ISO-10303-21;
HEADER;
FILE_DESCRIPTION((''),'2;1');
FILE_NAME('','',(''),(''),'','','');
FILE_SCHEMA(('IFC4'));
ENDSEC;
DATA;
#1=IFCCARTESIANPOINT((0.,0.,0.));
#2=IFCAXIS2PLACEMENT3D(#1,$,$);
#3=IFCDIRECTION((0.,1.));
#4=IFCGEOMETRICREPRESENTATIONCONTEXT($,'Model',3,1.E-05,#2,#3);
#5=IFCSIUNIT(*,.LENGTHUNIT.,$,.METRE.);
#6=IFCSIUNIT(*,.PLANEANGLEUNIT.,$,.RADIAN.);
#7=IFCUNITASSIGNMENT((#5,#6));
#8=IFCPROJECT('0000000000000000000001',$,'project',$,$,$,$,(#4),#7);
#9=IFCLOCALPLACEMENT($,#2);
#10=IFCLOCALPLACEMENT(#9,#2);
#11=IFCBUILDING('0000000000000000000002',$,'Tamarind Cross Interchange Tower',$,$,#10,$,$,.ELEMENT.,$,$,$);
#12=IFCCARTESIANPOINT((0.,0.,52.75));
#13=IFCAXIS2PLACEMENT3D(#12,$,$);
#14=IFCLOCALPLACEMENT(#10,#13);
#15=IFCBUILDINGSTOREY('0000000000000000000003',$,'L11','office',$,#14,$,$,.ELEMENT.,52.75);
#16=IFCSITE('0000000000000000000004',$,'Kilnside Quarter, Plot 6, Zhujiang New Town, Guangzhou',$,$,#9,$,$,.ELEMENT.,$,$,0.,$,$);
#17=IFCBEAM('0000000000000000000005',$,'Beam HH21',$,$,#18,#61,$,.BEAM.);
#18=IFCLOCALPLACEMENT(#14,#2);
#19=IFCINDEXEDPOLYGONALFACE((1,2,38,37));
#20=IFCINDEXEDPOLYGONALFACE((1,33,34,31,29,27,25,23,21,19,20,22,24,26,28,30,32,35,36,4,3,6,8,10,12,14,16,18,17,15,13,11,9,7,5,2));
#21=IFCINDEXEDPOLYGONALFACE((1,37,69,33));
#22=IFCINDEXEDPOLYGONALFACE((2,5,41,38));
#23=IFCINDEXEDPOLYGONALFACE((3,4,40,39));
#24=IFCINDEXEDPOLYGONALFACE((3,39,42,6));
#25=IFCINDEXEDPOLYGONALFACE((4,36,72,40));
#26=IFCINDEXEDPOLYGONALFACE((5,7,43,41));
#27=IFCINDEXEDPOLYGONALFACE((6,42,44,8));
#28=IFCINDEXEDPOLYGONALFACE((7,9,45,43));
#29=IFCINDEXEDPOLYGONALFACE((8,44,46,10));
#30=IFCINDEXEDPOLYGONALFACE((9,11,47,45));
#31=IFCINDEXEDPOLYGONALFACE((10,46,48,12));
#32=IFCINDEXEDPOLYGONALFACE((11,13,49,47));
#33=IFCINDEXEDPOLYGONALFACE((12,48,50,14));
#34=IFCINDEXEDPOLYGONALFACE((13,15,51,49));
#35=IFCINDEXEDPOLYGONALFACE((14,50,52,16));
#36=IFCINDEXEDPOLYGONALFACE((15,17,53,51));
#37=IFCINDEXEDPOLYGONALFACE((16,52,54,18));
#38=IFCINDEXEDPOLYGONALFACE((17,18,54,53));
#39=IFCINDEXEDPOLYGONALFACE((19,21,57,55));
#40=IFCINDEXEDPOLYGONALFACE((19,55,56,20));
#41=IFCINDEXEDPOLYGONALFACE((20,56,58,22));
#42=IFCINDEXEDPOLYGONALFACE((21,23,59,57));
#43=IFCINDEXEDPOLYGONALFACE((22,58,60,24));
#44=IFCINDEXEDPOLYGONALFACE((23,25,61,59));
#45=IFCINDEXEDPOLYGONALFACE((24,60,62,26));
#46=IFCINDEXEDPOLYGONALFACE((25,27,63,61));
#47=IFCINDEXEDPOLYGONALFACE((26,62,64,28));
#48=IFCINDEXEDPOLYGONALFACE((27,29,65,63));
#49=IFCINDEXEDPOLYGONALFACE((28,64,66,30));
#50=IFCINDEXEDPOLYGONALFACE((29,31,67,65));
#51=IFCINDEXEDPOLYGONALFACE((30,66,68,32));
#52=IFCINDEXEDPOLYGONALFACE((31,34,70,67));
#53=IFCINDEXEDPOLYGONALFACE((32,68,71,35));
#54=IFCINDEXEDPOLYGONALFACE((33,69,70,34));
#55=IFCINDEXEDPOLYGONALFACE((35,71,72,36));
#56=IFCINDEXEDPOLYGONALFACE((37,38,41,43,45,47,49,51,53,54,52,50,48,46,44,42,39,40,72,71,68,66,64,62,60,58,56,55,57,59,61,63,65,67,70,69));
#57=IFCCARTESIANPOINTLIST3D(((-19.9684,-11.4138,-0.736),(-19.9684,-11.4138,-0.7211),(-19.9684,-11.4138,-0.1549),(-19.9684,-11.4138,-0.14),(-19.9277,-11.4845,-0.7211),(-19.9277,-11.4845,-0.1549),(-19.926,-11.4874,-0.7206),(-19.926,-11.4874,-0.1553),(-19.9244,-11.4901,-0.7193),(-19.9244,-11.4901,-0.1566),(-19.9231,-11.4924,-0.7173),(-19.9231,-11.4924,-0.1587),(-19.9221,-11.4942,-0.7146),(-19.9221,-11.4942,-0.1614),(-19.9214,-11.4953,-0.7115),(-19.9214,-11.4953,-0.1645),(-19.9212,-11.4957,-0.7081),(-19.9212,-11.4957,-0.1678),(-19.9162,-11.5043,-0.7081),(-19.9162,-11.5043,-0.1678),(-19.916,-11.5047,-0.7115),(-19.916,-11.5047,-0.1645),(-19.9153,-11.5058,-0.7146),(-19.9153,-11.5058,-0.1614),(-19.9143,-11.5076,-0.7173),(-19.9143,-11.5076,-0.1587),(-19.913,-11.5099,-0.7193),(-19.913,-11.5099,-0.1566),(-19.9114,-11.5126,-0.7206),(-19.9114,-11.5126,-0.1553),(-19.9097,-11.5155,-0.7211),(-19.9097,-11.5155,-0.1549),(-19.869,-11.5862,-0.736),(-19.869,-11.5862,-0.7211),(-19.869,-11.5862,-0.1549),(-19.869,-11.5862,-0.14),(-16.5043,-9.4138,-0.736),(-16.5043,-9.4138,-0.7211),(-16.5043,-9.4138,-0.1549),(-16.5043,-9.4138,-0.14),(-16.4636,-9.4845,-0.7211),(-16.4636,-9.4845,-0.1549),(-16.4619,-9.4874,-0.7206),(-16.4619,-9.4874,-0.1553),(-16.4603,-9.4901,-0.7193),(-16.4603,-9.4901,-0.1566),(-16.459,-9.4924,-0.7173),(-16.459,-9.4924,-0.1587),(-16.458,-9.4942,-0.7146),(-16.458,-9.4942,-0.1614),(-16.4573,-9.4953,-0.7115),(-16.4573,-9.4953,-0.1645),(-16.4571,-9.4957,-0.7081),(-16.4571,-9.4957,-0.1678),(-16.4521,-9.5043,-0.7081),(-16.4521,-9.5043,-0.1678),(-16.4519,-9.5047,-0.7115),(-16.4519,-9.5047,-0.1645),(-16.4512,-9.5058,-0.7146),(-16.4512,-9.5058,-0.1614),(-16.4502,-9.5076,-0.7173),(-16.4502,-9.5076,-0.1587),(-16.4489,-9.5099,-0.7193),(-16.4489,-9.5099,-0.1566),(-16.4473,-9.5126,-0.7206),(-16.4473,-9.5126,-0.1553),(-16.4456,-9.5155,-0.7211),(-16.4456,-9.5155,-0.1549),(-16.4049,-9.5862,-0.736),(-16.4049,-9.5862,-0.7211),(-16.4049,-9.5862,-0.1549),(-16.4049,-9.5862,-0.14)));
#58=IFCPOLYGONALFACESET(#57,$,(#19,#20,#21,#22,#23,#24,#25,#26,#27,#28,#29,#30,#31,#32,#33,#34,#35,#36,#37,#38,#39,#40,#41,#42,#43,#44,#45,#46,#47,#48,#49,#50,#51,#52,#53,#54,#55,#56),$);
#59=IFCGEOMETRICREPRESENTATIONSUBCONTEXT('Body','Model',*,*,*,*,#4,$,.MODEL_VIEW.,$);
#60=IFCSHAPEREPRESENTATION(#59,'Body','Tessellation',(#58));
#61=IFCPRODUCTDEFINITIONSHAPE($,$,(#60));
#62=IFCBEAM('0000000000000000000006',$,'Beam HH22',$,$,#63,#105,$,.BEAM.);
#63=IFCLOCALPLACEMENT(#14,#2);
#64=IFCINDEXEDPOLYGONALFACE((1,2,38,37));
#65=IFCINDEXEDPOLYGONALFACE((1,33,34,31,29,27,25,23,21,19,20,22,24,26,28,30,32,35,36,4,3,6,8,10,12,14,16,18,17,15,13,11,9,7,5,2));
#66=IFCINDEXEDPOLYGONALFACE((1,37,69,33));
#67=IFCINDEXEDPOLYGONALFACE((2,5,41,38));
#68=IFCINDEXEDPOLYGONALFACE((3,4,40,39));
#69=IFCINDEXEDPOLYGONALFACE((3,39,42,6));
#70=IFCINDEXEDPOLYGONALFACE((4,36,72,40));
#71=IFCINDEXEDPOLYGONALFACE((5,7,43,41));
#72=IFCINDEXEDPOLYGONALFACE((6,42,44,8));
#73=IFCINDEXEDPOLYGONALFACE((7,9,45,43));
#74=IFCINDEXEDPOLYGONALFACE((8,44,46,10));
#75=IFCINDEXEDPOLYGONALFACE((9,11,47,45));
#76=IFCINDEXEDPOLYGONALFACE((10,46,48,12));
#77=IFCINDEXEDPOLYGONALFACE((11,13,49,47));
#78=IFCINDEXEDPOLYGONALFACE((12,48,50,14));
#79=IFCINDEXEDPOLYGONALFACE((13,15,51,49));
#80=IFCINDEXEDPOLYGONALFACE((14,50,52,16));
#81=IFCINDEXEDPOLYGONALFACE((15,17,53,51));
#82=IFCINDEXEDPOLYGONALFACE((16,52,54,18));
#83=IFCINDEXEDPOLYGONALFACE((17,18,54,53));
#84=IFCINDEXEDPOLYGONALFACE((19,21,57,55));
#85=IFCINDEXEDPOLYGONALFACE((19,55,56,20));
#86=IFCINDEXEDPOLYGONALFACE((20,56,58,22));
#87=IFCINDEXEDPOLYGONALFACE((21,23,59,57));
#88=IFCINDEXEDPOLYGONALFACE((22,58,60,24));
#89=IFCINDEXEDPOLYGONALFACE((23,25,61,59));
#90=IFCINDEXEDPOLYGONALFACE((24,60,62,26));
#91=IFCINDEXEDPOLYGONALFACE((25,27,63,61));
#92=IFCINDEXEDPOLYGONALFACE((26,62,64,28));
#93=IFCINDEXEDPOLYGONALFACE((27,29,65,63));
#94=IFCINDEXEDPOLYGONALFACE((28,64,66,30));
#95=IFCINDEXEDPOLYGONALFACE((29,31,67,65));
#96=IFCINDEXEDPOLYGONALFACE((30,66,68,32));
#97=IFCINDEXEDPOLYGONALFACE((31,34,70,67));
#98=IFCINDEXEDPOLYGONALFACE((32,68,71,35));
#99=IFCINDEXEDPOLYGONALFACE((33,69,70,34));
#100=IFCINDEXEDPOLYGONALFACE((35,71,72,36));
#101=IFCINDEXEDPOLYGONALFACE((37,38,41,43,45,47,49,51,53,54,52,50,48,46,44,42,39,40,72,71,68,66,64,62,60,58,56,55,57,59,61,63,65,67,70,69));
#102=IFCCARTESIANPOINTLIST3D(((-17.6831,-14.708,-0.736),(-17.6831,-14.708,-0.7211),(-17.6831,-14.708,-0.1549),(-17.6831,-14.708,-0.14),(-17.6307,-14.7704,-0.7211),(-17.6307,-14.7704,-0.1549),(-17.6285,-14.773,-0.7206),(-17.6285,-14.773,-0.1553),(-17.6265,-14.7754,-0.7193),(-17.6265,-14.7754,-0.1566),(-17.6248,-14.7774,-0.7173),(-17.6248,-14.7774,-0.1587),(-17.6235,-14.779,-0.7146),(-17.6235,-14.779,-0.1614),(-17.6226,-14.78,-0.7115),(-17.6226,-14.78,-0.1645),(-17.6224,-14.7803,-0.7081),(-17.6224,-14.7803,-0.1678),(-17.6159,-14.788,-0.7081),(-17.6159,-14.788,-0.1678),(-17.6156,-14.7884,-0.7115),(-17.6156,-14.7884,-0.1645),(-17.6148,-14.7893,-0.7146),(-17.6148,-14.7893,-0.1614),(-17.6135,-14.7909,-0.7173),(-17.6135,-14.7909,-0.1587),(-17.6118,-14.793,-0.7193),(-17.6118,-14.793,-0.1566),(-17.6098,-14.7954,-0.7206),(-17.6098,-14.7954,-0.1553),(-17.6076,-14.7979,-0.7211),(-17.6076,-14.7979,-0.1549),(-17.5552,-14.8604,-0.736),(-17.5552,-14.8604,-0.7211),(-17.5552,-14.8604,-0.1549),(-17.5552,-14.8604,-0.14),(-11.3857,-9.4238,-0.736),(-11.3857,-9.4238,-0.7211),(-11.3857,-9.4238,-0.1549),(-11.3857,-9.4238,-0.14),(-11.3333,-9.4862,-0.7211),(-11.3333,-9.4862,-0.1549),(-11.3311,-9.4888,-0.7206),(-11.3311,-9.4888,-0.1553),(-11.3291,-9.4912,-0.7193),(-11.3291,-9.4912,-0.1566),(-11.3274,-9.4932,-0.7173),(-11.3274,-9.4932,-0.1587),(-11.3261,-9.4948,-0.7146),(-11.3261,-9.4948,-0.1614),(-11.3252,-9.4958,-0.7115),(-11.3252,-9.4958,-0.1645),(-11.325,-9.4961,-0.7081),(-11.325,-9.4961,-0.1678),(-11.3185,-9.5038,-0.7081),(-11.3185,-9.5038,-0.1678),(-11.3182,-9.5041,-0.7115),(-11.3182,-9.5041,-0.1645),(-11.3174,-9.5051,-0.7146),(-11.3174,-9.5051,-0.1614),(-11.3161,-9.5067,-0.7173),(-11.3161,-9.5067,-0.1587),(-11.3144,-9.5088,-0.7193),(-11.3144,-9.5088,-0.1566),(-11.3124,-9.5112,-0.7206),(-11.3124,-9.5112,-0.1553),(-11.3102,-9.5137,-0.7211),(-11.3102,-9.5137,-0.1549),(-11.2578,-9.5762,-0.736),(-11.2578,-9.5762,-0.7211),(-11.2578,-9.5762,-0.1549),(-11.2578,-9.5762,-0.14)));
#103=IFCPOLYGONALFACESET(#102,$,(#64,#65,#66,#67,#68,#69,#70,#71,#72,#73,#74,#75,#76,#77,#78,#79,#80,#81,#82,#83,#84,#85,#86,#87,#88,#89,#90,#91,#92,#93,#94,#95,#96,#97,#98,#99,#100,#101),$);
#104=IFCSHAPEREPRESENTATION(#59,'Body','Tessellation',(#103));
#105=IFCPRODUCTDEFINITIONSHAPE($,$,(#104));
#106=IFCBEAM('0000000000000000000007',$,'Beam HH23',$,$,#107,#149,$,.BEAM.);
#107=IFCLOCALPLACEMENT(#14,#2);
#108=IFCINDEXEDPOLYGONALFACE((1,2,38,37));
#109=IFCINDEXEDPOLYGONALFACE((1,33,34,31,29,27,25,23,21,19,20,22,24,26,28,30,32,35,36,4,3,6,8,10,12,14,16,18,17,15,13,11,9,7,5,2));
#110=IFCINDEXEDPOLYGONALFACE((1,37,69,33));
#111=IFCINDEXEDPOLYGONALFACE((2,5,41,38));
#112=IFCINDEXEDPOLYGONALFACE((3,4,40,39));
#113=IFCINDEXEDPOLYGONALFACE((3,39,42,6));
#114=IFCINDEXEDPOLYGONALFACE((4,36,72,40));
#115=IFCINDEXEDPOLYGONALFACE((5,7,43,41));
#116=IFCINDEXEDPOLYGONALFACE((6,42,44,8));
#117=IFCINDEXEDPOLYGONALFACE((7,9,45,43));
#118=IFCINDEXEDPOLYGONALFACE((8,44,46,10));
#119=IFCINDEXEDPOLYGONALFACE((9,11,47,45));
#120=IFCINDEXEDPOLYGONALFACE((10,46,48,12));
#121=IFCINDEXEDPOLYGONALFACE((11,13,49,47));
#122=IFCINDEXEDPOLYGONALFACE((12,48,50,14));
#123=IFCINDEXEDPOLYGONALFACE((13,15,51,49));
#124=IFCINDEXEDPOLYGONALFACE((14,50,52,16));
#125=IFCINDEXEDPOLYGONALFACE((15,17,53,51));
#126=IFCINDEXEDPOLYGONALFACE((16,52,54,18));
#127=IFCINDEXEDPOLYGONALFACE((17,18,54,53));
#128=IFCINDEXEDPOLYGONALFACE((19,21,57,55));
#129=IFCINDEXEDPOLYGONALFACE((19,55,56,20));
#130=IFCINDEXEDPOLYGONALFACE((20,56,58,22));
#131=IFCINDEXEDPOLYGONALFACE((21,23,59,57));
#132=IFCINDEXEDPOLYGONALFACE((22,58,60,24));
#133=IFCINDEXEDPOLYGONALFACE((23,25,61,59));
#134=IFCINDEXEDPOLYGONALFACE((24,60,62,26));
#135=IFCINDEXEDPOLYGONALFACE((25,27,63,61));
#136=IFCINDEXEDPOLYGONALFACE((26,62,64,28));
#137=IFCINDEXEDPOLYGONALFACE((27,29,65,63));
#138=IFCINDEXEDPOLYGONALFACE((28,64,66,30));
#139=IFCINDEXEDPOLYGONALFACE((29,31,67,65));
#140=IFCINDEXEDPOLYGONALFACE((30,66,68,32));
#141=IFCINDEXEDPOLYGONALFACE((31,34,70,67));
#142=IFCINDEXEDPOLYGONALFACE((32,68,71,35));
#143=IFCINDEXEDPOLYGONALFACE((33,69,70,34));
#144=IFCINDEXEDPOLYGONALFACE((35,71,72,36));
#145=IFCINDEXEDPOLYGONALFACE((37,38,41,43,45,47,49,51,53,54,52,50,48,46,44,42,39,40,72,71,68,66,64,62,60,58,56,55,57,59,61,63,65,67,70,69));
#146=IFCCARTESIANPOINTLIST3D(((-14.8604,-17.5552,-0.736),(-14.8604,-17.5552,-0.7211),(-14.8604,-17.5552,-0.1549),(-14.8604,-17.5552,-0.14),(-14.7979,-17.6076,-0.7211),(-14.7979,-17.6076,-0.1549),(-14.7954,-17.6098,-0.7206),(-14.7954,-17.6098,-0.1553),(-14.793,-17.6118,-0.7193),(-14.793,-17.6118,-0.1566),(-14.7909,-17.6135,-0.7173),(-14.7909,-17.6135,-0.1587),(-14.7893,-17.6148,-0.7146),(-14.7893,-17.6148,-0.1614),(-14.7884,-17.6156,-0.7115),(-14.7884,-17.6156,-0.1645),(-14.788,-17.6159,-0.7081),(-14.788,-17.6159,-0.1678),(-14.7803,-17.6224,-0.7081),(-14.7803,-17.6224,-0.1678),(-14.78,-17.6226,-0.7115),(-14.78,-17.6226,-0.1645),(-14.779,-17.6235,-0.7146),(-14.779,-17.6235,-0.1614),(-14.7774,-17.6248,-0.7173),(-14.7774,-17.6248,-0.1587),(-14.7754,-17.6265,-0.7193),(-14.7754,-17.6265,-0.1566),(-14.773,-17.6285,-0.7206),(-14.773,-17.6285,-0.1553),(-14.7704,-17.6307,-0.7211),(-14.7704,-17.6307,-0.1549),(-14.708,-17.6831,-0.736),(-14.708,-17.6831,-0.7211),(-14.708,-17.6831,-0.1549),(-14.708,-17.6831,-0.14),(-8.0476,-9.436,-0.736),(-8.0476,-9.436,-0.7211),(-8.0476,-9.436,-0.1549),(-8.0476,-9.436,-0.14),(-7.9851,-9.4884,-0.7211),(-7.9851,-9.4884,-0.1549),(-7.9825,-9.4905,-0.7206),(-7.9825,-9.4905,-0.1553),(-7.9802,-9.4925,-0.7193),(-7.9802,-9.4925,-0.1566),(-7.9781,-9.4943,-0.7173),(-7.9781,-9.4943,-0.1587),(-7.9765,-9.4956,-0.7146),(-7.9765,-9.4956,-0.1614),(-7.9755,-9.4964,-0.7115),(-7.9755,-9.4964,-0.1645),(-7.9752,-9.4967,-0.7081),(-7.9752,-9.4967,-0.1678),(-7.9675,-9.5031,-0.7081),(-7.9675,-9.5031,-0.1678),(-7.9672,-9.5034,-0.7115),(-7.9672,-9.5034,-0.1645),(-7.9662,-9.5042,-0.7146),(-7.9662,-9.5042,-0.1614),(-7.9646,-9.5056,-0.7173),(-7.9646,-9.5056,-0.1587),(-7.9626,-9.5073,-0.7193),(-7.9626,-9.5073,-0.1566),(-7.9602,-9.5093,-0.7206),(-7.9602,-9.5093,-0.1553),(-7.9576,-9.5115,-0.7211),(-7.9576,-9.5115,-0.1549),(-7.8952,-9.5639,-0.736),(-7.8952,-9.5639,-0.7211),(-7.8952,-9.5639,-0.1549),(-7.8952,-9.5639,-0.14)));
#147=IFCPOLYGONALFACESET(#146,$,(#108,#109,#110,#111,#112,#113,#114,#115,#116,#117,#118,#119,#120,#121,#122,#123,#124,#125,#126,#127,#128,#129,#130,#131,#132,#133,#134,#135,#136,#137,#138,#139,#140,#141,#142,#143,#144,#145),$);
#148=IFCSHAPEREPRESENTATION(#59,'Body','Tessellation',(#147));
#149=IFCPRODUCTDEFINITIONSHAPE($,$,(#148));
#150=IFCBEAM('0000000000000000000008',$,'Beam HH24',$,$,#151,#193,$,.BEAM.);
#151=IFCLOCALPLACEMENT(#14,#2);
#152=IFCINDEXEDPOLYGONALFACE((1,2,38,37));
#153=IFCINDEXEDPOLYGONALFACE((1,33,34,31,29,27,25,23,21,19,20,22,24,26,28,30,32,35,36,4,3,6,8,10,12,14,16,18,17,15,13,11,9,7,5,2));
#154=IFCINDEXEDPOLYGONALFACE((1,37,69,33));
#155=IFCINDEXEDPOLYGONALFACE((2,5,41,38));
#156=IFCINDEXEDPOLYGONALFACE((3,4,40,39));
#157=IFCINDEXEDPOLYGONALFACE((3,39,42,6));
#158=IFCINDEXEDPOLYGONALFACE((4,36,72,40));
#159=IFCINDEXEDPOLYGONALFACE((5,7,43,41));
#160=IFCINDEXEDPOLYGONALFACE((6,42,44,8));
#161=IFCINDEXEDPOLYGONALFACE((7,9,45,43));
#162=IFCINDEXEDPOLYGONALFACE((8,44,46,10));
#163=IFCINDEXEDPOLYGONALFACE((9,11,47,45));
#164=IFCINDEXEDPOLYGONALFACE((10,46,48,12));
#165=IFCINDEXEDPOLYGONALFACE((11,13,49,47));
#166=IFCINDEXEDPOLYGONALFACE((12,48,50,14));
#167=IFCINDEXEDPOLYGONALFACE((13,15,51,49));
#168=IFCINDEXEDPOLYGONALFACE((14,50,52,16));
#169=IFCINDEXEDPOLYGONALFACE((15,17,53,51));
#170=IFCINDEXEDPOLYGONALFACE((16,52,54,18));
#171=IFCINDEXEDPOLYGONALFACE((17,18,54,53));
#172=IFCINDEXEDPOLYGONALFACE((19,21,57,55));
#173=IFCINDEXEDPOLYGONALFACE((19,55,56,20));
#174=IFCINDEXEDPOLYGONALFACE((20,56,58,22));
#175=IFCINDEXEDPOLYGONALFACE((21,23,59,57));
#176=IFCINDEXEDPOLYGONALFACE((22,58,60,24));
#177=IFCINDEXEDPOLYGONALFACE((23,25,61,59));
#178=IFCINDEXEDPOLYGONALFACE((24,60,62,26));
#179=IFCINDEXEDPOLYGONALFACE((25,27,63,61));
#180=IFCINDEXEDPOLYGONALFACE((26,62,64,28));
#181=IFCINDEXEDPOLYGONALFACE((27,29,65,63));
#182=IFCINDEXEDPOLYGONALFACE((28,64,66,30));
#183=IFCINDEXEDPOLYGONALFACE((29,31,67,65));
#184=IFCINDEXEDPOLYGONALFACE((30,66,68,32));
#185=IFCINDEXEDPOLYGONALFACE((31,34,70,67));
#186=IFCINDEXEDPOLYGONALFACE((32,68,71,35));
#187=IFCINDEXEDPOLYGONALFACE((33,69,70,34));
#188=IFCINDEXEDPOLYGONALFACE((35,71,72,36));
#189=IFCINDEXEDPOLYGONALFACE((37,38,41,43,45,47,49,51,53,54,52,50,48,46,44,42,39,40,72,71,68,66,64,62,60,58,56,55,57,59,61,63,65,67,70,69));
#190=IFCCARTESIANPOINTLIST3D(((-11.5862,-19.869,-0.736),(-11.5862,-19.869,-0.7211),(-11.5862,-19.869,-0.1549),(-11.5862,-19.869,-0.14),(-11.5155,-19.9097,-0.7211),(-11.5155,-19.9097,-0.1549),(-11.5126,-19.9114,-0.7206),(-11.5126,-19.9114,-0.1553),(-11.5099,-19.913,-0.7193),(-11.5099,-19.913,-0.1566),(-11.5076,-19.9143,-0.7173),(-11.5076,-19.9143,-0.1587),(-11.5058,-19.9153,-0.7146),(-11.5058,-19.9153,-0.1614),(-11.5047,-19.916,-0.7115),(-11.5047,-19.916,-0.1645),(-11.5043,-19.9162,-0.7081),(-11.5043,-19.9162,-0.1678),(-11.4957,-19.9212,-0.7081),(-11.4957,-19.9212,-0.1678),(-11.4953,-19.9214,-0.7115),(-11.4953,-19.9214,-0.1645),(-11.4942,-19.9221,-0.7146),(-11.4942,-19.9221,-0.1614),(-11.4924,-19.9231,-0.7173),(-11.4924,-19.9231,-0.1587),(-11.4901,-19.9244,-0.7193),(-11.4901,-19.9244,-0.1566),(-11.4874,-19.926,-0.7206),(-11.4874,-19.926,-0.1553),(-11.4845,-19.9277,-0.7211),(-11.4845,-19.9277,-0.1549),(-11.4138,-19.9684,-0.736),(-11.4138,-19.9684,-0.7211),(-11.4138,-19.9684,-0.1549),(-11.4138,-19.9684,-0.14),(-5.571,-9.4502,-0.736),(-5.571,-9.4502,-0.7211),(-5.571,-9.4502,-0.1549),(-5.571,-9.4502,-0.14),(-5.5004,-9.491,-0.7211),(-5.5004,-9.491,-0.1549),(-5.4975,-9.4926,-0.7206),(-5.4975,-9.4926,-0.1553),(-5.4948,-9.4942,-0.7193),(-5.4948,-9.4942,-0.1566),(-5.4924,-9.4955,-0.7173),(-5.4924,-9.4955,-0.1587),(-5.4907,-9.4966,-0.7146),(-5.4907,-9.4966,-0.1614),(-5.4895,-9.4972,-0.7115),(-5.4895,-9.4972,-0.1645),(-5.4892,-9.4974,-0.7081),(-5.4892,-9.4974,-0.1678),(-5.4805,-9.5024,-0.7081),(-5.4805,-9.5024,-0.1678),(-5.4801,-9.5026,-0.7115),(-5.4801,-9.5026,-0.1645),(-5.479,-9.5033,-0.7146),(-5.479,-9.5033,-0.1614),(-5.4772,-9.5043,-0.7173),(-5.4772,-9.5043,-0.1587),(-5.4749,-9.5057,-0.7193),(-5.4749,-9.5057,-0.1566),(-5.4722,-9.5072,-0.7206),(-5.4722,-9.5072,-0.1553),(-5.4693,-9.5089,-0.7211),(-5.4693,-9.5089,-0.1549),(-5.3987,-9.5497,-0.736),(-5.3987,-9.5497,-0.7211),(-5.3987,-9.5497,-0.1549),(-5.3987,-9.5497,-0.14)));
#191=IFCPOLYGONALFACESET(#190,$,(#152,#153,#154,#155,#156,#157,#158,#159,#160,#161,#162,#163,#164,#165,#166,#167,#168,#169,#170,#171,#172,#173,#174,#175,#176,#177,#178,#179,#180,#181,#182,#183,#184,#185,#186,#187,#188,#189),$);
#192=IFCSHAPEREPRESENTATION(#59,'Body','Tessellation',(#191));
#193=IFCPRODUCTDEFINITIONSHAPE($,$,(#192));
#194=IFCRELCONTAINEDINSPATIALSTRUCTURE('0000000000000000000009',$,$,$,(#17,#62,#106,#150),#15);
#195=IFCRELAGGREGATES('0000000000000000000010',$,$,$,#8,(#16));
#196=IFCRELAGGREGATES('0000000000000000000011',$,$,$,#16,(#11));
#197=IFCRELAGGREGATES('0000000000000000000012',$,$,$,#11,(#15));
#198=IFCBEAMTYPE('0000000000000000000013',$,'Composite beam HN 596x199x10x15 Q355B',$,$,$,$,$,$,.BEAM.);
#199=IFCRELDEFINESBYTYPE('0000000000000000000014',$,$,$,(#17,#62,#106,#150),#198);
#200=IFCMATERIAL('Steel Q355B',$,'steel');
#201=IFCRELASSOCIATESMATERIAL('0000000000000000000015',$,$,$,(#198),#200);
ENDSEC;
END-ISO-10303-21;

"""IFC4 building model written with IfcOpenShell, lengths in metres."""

from ifc_helpers import new_model, si_unit, direction, frame, origin, origin_2d, place, context, subcontext, project, spatial, i_section, extrude, material, material_profile, profile_set, type_object, element, save


model = new_model("IFC4")

# Units and contexts
model_context = context("Model", 3, precision=1e-05, world=origin(), true_north=direction((0.0, 1.0)))
body_context = subcontext(model_context, "Body", "Model", "MODEL_VIEW")
ifc_project = project(units=[si_unit("LENGTHUNIT", "METRE"), si_unit("PLANEANGLEUNIT", "RADIAN")], contexts=[model_context])

# Site, building, storey
site_placement = place(None, origin())
site = spatial("IfcSite", under=ifc_project, at=site_placement, Name="Kilnside Quarter, Plot 6, Zhujiang New Town, Guangzhou", CompositionType="ELEMENT", RefElevation=0.0)
building_placement = place(site_placement, origin())
building = spatial("IfcBuilding", under=site, at=building_placement, Name="Tamarind Cross Interchange Tower", CompositionType="ELEMENT")
storey_placement = place(building_placement, frame((0.0, 0.0, 52.75)))
storey = spatial("IfcBuildingStorey", under=building, at=storey_placement, Name="L11", Description="office", CompositionType="ELEMENT", Elevation=52.75)

# Beams
ifc_material_1 = material(Name="Steel Q355B", Category="steel")
ifc_material_profile_1 = material_profile(ifc_material_1, i_section(OverallWidth=0.199, OverallDepth=0.5959, WebThickness=0.01, FlangeThickness=0.0149, FilletRadius=0.0129, at=origin_2d()), Name="HN 596x199x10x15")
ifc_profile_set_1 = profile_set([ifc_material_profile_1], Name="Steel Q355B")
beam_type = type_object("IfcBeamType", Name="Composite beam HN 596x199x10x15 Q355B", PredefinedType="BEAM", material=ifc_profile_set_1)
beam_1_placement = place(storey_placement, frame((-19.9187, -11.5, -0.438), z_axis=(0.866026, 0.499999, 0.0), x_axis=(-0.499999, 0.866026, 0.0)))
element("IfcBeam", 1, at=beam_1_placement, inside=storey, type_object=beam_type, Name="Beam HH21", PredefinedType="BEAM", context=body_context, shape_type="SweptSolid", body=[
    extrude(i_section(OverallWidth=0.199, OverallDepth=0.5959, WebThickness=0.01, FlangeThickness=0.0149, FilletRadius=0.0129, at=origin_2d()), origin(), (0.0, 0.0, 1.0), 4.0),
])
beam_2_placement = place(storey_placement, frame((-17.6191, -14.7842, -0.438), z_axis=(0.766041, 0.642792, 0.0), x_axis=(-0.642792, 0.766041, 0.0)))
element("IfcBeam", 2, at=beam_2_placement, inside=storey, type_object=beam_type, Name="Beam HH22", PredefinedType="BEAM", context=body_context, shape_type="SweptSolid", body=[
    extrude(i_section(OverallWidth=0.199, OverallDepth=0.5959, WebThickness=0.01, FlangeThickness=0.0149, FilletRadius=0.0129, at=origin_2d()), origin(), (0.0, 0.0, 1.0), 8.2207),
])
beam_3_placement = place(storey_placement, frame((-14.7842, -17.6191, -0.438), z_axis=(0.642786, 0.766046, 0.0), x_axis=(-0.766046, 0.642786, 0.0)))
element("IfcBeam", 3, at=beam_3_placement, inside=storey, type_object=beam_type, Name="Beam HH23", PredefinedType="BEAM", context=body_context, shape_type="SweptSolid", body=[
    extrude(i_section(OverallWidth=0.199, OverallDepth=0.5959, WebThickness=0.01, FlangeThickness=0.0149, FilletRadius=0.0129, at=origin_2d()), origin(), (0.0, 0.0, 1.0), 10.5989),
])
beam_4_placement = place(storey_placement, frame((-11.5, -19.9187, -0.438), z_axis=(0.499994, 0.866029, 0.0), x_axis=(-0.866029, 0.499994, 0.0)))
element("IfcBeam", 4, at=beam_4_placement, inside=storey, type_object=beam_type, Name="Beam HH24", PredefinedType="BEAM", context=body_context, shape_type="SweptSolid", body=[
    extrude(i_section(OverallWidth=0.199, OverallDepth=0.5959, WebThickness=0.01, FlangeThickness=0.0149, FilletRadius=0.0129, at=origin_2d()), origin(), (0.0, 0.0, 1.0), 12.0305),
])

save(model, "model.ifc")
